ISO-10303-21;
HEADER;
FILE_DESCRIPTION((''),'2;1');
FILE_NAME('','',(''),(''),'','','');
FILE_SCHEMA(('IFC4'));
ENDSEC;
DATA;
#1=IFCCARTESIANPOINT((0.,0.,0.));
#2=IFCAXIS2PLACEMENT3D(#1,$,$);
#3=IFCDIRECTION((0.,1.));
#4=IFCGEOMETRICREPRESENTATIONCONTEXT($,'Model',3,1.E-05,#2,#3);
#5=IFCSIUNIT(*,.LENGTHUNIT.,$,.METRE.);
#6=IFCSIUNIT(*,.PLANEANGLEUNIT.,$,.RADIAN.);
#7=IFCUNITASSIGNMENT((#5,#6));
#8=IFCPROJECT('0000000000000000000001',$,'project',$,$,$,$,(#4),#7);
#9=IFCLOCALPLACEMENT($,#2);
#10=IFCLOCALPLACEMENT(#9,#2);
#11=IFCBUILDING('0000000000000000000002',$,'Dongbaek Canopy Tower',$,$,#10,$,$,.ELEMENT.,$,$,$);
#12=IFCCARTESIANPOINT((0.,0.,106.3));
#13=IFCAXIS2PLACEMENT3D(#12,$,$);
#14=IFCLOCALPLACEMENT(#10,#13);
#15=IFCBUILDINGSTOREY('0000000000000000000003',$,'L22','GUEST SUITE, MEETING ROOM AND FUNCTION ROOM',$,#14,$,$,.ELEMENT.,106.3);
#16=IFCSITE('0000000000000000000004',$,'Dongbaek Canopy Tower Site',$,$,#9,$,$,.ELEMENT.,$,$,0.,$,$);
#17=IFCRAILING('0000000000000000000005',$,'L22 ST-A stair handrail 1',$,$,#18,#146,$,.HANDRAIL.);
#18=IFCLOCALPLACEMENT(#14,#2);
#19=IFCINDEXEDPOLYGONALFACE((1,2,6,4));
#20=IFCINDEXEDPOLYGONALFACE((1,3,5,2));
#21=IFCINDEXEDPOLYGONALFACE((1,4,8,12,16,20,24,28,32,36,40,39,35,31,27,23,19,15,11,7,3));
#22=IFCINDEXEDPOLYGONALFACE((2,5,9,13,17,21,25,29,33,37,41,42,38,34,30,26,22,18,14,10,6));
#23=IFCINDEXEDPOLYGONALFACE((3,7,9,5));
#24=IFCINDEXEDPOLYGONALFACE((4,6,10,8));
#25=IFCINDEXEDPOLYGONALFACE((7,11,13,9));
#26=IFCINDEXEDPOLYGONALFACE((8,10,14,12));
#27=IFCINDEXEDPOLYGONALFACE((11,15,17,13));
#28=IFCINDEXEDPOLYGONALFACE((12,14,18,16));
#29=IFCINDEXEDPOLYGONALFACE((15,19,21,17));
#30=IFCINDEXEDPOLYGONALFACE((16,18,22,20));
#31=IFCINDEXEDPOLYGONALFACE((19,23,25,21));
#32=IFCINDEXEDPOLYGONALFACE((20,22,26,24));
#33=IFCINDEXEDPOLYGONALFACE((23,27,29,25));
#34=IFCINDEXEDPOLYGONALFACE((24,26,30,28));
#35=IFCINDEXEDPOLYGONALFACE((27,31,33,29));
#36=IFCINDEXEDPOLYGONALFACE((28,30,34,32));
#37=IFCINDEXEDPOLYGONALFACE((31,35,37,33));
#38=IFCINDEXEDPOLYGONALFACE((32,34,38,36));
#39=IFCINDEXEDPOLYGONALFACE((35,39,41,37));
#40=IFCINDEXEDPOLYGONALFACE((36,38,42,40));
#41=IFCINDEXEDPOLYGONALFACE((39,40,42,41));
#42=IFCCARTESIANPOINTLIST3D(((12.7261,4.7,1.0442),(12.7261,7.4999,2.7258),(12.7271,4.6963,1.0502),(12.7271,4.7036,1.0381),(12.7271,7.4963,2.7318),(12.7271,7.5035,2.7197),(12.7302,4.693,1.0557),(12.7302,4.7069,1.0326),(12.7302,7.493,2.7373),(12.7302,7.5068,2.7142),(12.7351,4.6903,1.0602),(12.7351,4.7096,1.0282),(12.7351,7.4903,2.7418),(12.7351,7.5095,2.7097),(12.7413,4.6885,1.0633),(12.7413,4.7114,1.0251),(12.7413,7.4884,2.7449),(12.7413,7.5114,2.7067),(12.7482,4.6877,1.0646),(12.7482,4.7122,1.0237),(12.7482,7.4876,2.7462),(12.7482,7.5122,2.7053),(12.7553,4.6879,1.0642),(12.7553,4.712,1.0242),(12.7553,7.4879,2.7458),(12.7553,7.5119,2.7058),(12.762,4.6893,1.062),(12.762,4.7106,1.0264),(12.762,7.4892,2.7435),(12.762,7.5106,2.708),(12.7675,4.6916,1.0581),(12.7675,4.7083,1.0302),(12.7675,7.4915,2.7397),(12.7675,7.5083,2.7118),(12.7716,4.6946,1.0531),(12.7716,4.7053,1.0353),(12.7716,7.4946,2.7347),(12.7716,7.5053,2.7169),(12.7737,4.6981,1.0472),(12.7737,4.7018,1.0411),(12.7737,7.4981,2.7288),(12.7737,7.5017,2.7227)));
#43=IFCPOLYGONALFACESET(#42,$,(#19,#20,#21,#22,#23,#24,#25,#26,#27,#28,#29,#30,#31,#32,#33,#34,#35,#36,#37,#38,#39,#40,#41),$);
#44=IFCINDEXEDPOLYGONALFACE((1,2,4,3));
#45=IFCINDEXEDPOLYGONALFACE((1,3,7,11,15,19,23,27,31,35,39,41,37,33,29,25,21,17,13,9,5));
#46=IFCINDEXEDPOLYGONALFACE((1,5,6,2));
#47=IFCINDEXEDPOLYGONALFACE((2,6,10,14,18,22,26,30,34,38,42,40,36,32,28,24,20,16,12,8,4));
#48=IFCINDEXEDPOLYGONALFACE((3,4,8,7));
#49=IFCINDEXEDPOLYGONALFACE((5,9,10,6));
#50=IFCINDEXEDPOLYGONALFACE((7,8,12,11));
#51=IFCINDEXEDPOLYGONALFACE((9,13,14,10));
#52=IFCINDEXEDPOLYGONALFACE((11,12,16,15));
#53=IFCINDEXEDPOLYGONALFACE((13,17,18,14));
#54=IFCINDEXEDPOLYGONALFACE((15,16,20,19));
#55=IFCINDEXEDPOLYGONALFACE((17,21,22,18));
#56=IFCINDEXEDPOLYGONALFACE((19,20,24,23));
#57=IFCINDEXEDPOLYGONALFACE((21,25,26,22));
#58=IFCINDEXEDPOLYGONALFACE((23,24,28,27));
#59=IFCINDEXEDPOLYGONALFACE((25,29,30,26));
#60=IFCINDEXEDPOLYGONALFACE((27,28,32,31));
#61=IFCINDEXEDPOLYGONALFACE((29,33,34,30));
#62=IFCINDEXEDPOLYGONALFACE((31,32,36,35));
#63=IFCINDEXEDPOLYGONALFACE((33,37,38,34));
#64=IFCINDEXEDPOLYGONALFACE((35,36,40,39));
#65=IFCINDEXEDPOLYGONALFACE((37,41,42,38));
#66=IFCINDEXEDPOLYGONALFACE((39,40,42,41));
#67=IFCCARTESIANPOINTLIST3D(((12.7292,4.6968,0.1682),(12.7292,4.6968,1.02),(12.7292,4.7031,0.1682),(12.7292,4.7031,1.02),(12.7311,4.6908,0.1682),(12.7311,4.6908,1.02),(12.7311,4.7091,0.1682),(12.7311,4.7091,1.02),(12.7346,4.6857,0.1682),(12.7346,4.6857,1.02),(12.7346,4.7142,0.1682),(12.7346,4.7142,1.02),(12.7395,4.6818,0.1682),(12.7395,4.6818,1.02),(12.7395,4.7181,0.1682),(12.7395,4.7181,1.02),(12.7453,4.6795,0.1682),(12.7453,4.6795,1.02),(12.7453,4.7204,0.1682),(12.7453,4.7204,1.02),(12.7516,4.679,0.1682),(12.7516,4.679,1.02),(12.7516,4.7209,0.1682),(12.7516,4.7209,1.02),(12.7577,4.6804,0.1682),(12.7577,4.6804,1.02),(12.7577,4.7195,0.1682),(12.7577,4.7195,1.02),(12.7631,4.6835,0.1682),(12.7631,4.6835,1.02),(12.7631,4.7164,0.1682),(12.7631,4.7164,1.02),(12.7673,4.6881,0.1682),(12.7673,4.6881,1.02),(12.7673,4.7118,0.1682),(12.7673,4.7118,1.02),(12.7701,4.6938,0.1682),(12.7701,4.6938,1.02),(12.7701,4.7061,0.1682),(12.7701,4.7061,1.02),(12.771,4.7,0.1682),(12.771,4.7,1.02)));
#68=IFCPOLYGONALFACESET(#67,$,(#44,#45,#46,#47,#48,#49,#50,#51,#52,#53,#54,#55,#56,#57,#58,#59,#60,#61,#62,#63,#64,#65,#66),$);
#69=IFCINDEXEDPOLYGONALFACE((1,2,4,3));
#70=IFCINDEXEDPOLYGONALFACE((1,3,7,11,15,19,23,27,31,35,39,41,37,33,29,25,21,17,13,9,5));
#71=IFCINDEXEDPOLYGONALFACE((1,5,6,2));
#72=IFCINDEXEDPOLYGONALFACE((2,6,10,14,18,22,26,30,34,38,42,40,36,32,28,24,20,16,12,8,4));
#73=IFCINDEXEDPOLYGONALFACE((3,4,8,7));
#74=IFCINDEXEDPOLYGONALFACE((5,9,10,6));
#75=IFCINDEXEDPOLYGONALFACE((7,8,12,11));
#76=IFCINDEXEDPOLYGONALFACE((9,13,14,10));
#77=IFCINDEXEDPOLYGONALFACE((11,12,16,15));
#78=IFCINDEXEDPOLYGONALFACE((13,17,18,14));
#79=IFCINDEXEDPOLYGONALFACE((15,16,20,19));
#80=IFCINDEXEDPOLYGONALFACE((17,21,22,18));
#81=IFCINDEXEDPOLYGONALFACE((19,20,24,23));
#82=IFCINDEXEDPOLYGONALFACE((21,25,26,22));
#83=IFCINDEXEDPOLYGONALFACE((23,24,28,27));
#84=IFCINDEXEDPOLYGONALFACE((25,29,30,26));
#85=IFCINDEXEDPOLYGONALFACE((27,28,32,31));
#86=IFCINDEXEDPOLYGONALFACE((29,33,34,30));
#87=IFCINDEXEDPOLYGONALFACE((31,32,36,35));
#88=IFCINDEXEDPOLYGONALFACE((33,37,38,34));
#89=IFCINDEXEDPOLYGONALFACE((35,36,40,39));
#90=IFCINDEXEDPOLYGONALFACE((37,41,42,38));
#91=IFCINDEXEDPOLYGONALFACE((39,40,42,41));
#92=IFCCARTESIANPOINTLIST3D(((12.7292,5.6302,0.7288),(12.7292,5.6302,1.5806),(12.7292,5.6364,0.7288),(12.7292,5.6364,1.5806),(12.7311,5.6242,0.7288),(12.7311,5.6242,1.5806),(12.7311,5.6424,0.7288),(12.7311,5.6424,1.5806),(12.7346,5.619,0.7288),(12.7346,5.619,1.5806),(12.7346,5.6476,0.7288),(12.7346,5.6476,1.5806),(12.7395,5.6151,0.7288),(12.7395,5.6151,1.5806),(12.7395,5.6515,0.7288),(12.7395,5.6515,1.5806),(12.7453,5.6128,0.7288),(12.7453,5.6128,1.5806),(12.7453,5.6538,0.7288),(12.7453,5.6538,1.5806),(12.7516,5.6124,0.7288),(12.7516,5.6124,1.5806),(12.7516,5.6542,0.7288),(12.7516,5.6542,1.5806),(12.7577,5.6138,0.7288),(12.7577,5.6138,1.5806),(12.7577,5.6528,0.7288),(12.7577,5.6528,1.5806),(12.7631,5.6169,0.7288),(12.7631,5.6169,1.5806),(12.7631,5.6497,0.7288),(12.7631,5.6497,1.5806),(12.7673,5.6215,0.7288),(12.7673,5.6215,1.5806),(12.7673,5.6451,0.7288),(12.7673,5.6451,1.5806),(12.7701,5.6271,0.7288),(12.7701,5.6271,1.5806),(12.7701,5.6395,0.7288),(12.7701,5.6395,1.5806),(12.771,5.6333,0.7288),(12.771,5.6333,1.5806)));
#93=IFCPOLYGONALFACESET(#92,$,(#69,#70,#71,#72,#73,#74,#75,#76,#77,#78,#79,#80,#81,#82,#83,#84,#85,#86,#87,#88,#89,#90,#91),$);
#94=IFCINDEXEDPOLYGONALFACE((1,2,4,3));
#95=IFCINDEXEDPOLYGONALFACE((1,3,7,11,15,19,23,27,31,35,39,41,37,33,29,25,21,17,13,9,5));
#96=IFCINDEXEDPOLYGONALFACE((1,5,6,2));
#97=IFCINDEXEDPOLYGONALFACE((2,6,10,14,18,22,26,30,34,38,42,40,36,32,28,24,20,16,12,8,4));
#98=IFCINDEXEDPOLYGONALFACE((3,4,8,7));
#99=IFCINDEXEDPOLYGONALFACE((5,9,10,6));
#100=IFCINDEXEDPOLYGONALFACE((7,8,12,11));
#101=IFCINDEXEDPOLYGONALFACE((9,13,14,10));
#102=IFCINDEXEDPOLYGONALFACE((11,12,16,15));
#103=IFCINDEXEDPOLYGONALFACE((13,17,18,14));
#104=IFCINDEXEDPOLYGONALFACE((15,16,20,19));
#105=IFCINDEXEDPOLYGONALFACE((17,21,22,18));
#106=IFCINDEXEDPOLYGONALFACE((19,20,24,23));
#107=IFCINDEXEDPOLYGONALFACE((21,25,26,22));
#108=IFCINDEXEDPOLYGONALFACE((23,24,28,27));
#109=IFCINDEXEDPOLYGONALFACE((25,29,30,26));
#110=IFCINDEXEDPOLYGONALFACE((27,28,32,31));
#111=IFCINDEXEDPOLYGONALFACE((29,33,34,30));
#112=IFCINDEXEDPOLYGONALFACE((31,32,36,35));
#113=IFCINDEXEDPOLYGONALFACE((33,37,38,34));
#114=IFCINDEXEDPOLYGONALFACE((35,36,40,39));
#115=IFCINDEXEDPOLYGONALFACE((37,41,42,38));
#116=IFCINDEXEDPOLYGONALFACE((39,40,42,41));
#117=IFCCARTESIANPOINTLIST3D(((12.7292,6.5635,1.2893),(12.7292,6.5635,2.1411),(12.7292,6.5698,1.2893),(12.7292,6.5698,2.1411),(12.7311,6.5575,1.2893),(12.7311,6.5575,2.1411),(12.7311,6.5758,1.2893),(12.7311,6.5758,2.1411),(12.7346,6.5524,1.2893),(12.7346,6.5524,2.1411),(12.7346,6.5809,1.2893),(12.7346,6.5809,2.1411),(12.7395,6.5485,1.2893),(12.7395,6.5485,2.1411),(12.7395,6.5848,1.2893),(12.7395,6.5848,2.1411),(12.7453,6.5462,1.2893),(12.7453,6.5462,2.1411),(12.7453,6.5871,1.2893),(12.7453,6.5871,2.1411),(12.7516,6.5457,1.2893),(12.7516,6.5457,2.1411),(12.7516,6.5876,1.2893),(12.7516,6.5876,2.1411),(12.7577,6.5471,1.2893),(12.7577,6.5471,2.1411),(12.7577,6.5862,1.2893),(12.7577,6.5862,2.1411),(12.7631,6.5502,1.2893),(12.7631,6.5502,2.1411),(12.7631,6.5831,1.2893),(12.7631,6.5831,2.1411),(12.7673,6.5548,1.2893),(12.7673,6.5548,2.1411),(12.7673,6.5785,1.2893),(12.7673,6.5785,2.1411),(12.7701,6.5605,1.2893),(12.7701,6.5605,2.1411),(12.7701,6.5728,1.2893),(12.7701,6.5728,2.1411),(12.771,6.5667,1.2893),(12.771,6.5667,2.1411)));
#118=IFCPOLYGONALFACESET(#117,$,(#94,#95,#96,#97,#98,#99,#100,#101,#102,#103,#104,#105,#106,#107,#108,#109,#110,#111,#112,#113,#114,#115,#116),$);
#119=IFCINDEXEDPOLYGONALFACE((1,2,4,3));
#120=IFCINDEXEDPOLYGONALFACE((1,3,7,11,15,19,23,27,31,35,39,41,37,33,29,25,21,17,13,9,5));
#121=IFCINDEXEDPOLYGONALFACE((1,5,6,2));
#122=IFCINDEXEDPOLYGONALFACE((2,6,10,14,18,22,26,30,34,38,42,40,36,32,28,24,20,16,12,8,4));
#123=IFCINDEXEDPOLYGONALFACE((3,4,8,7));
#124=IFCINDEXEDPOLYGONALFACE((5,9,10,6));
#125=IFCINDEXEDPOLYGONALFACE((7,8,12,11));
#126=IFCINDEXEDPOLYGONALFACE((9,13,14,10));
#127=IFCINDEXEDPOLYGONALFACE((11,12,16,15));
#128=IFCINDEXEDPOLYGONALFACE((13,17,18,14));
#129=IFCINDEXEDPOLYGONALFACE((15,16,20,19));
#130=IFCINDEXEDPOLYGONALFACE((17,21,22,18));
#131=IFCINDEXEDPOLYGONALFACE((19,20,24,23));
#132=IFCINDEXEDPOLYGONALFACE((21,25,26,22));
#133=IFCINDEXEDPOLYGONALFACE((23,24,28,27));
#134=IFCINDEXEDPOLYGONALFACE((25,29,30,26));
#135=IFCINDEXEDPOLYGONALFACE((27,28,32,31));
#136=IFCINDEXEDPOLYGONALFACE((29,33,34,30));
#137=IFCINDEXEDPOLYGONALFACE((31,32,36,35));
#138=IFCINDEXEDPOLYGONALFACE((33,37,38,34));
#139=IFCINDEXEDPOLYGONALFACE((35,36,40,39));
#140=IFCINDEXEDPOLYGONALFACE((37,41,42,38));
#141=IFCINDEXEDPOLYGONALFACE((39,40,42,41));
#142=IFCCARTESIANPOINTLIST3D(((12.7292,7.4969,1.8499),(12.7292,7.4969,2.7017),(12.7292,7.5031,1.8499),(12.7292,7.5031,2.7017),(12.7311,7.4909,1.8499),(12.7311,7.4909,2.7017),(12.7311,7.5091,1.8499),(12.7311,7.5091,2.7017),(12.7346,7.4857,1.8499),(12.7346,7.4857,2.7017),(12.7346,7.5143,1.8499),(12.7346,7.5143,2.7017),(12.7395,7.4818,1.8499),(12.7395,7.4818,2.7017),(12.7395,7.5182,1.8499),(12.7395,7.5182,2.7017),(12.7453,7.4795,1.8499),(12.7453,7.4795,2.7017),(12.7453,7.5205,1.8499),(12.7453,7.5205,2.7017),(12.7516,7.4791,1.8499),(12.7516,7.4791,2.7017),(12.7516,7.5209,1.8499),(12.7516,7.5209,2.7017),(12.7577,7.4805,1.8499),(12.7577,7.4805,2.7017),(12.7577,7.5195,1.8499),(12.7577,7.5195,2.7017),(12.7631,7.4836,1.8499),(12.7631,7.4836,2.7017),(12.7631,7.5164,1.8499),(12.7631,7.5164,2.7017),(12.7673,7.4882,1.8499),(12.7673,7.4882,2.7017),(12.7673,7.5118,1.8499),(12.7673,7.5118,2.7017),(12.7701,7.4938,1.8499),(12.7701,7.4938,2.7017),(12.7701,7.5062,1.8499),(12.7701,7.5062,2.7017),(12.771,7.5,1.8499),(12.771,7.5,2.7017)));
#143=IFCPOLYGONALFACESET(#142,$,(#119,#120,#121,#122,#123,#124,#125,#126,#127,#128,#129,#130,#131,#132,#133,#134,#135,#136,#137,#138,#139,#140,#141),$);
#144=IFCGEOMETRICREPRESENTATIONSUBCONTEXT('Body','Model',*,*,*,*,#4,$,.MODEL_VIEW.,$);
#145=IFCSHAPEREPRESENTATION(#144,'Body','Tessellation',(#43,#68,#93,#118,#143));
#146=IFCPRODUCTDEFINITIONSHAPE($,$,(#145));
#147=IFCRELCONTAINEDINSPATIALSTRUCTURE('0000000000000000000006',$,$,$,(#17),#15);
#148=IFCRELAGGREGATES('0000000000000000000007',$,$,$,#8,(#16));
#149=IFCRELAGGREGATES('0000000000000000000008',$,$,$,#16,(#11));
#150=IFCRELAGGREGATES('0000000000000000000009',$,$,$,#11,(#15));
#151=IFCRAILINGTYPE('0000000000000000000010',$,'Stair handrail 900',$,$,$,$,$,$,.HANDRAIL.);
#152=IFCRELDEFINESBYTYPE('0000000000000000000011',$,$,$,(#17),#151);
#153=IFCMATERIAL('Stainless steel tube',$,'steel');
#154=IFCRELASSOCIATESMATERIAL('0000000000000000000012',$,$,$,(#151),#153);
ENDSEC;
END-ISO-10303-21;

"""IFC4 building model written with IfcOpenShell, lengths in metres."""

from ifc_helpers import new_model, si_unit, direction, frame, origin, origin_2d, place, context, subcontext, project, spatial, circle, extrude, material, type_object, element, save


model = new_model("IFC4")

# Units and contexts
model_context = context("Model", 3, precision=1e-05, world=origin(), true_north=direction((0.0, 1.0)))
body_context = subcontext(model_context, "Body", "Model", "MODEL_VIEW")
ifc_project = project(units=[si_unit("LENGTHUNIT", "METRE"), si_unit("PLANEANGLEUNIT", "RADIAN")], contexts=[model_context])

# Site, building, storey
site_placement = place(None, origin())
site = spatial("IfcSite", under=ifc_project, at=site_placement, Name="Dongbaek Canopy Tower Site", CompositionType="ELEMENT", RefElevation=0.0)
building_placement = place(site_placement, origin())
building = spatial("IfcBuilding", under=site, at=building_placement, Name="Dongbaek Canopy Tower", CompositionType="ELEMENT")
storey_placement = place(building_placement, frame((0.0, 0.0, 106.3)))
storey = spatial("IfcBuildingStorey", under=building, at=storey_placement, Name="L22", Description="GUEST SUITE, MEETING ROOM AND FUNCTION ROOM", CompositionType="ELEMENT", Elevation=106.3)

# Railing
ifc_material_1 = material(Name="Stainless steel tube", Category="steel")
railing_type_1 = type_object("IfcRailingType", Name="Stair handrail 900", PredefinedType="HANDRAIL", material=ifc_material_1)
railing_1_placement = place(storey_placement, frame((12.75, 4.7, 0.1682)))
element("IfcRailing", 1, at=railing_1_placement, inside=storey, type_object=railing_type_1, Name="L22 ST-A stair handrail 1", PredefinedType="HANDRAIL", context=body_context, shape_type="SweptSolid", body=[
    extrude(circle(Radius=0.0239, at=origin_2d()), frame((0.0, 0.0, 0.876), z_axis=(0.0, 0.857275, 0.514858), x_axis=(-1.0, 0.0, 0.0)), (0.0, 0.0, 1.0), 3.2661),
    extrude(circle(Radius=0.021, at=origin_2d()), origin(), (0.0, 0.0, 1.0), 0.8518),
    extrude(circle(Radius=0.021, at=origin_2d()), frame((0.0, 0.9333, 0.5605)), (0.0, 0.0, 1.0), 0.8518),
    extrude(circle(Radius=0.021, at=origin_2d()), frame((0.0, 1.8667, 1.1211)), (0.0, 0.0, 1.0), 0.8518),
    extrude(circle(Radius=0.021, at=origin_2d()), frame((0.0, 2.8, 1.6816)), (0.0, 0.0, 1.0), 0.8518),
])

save(model, "model.ifc")
